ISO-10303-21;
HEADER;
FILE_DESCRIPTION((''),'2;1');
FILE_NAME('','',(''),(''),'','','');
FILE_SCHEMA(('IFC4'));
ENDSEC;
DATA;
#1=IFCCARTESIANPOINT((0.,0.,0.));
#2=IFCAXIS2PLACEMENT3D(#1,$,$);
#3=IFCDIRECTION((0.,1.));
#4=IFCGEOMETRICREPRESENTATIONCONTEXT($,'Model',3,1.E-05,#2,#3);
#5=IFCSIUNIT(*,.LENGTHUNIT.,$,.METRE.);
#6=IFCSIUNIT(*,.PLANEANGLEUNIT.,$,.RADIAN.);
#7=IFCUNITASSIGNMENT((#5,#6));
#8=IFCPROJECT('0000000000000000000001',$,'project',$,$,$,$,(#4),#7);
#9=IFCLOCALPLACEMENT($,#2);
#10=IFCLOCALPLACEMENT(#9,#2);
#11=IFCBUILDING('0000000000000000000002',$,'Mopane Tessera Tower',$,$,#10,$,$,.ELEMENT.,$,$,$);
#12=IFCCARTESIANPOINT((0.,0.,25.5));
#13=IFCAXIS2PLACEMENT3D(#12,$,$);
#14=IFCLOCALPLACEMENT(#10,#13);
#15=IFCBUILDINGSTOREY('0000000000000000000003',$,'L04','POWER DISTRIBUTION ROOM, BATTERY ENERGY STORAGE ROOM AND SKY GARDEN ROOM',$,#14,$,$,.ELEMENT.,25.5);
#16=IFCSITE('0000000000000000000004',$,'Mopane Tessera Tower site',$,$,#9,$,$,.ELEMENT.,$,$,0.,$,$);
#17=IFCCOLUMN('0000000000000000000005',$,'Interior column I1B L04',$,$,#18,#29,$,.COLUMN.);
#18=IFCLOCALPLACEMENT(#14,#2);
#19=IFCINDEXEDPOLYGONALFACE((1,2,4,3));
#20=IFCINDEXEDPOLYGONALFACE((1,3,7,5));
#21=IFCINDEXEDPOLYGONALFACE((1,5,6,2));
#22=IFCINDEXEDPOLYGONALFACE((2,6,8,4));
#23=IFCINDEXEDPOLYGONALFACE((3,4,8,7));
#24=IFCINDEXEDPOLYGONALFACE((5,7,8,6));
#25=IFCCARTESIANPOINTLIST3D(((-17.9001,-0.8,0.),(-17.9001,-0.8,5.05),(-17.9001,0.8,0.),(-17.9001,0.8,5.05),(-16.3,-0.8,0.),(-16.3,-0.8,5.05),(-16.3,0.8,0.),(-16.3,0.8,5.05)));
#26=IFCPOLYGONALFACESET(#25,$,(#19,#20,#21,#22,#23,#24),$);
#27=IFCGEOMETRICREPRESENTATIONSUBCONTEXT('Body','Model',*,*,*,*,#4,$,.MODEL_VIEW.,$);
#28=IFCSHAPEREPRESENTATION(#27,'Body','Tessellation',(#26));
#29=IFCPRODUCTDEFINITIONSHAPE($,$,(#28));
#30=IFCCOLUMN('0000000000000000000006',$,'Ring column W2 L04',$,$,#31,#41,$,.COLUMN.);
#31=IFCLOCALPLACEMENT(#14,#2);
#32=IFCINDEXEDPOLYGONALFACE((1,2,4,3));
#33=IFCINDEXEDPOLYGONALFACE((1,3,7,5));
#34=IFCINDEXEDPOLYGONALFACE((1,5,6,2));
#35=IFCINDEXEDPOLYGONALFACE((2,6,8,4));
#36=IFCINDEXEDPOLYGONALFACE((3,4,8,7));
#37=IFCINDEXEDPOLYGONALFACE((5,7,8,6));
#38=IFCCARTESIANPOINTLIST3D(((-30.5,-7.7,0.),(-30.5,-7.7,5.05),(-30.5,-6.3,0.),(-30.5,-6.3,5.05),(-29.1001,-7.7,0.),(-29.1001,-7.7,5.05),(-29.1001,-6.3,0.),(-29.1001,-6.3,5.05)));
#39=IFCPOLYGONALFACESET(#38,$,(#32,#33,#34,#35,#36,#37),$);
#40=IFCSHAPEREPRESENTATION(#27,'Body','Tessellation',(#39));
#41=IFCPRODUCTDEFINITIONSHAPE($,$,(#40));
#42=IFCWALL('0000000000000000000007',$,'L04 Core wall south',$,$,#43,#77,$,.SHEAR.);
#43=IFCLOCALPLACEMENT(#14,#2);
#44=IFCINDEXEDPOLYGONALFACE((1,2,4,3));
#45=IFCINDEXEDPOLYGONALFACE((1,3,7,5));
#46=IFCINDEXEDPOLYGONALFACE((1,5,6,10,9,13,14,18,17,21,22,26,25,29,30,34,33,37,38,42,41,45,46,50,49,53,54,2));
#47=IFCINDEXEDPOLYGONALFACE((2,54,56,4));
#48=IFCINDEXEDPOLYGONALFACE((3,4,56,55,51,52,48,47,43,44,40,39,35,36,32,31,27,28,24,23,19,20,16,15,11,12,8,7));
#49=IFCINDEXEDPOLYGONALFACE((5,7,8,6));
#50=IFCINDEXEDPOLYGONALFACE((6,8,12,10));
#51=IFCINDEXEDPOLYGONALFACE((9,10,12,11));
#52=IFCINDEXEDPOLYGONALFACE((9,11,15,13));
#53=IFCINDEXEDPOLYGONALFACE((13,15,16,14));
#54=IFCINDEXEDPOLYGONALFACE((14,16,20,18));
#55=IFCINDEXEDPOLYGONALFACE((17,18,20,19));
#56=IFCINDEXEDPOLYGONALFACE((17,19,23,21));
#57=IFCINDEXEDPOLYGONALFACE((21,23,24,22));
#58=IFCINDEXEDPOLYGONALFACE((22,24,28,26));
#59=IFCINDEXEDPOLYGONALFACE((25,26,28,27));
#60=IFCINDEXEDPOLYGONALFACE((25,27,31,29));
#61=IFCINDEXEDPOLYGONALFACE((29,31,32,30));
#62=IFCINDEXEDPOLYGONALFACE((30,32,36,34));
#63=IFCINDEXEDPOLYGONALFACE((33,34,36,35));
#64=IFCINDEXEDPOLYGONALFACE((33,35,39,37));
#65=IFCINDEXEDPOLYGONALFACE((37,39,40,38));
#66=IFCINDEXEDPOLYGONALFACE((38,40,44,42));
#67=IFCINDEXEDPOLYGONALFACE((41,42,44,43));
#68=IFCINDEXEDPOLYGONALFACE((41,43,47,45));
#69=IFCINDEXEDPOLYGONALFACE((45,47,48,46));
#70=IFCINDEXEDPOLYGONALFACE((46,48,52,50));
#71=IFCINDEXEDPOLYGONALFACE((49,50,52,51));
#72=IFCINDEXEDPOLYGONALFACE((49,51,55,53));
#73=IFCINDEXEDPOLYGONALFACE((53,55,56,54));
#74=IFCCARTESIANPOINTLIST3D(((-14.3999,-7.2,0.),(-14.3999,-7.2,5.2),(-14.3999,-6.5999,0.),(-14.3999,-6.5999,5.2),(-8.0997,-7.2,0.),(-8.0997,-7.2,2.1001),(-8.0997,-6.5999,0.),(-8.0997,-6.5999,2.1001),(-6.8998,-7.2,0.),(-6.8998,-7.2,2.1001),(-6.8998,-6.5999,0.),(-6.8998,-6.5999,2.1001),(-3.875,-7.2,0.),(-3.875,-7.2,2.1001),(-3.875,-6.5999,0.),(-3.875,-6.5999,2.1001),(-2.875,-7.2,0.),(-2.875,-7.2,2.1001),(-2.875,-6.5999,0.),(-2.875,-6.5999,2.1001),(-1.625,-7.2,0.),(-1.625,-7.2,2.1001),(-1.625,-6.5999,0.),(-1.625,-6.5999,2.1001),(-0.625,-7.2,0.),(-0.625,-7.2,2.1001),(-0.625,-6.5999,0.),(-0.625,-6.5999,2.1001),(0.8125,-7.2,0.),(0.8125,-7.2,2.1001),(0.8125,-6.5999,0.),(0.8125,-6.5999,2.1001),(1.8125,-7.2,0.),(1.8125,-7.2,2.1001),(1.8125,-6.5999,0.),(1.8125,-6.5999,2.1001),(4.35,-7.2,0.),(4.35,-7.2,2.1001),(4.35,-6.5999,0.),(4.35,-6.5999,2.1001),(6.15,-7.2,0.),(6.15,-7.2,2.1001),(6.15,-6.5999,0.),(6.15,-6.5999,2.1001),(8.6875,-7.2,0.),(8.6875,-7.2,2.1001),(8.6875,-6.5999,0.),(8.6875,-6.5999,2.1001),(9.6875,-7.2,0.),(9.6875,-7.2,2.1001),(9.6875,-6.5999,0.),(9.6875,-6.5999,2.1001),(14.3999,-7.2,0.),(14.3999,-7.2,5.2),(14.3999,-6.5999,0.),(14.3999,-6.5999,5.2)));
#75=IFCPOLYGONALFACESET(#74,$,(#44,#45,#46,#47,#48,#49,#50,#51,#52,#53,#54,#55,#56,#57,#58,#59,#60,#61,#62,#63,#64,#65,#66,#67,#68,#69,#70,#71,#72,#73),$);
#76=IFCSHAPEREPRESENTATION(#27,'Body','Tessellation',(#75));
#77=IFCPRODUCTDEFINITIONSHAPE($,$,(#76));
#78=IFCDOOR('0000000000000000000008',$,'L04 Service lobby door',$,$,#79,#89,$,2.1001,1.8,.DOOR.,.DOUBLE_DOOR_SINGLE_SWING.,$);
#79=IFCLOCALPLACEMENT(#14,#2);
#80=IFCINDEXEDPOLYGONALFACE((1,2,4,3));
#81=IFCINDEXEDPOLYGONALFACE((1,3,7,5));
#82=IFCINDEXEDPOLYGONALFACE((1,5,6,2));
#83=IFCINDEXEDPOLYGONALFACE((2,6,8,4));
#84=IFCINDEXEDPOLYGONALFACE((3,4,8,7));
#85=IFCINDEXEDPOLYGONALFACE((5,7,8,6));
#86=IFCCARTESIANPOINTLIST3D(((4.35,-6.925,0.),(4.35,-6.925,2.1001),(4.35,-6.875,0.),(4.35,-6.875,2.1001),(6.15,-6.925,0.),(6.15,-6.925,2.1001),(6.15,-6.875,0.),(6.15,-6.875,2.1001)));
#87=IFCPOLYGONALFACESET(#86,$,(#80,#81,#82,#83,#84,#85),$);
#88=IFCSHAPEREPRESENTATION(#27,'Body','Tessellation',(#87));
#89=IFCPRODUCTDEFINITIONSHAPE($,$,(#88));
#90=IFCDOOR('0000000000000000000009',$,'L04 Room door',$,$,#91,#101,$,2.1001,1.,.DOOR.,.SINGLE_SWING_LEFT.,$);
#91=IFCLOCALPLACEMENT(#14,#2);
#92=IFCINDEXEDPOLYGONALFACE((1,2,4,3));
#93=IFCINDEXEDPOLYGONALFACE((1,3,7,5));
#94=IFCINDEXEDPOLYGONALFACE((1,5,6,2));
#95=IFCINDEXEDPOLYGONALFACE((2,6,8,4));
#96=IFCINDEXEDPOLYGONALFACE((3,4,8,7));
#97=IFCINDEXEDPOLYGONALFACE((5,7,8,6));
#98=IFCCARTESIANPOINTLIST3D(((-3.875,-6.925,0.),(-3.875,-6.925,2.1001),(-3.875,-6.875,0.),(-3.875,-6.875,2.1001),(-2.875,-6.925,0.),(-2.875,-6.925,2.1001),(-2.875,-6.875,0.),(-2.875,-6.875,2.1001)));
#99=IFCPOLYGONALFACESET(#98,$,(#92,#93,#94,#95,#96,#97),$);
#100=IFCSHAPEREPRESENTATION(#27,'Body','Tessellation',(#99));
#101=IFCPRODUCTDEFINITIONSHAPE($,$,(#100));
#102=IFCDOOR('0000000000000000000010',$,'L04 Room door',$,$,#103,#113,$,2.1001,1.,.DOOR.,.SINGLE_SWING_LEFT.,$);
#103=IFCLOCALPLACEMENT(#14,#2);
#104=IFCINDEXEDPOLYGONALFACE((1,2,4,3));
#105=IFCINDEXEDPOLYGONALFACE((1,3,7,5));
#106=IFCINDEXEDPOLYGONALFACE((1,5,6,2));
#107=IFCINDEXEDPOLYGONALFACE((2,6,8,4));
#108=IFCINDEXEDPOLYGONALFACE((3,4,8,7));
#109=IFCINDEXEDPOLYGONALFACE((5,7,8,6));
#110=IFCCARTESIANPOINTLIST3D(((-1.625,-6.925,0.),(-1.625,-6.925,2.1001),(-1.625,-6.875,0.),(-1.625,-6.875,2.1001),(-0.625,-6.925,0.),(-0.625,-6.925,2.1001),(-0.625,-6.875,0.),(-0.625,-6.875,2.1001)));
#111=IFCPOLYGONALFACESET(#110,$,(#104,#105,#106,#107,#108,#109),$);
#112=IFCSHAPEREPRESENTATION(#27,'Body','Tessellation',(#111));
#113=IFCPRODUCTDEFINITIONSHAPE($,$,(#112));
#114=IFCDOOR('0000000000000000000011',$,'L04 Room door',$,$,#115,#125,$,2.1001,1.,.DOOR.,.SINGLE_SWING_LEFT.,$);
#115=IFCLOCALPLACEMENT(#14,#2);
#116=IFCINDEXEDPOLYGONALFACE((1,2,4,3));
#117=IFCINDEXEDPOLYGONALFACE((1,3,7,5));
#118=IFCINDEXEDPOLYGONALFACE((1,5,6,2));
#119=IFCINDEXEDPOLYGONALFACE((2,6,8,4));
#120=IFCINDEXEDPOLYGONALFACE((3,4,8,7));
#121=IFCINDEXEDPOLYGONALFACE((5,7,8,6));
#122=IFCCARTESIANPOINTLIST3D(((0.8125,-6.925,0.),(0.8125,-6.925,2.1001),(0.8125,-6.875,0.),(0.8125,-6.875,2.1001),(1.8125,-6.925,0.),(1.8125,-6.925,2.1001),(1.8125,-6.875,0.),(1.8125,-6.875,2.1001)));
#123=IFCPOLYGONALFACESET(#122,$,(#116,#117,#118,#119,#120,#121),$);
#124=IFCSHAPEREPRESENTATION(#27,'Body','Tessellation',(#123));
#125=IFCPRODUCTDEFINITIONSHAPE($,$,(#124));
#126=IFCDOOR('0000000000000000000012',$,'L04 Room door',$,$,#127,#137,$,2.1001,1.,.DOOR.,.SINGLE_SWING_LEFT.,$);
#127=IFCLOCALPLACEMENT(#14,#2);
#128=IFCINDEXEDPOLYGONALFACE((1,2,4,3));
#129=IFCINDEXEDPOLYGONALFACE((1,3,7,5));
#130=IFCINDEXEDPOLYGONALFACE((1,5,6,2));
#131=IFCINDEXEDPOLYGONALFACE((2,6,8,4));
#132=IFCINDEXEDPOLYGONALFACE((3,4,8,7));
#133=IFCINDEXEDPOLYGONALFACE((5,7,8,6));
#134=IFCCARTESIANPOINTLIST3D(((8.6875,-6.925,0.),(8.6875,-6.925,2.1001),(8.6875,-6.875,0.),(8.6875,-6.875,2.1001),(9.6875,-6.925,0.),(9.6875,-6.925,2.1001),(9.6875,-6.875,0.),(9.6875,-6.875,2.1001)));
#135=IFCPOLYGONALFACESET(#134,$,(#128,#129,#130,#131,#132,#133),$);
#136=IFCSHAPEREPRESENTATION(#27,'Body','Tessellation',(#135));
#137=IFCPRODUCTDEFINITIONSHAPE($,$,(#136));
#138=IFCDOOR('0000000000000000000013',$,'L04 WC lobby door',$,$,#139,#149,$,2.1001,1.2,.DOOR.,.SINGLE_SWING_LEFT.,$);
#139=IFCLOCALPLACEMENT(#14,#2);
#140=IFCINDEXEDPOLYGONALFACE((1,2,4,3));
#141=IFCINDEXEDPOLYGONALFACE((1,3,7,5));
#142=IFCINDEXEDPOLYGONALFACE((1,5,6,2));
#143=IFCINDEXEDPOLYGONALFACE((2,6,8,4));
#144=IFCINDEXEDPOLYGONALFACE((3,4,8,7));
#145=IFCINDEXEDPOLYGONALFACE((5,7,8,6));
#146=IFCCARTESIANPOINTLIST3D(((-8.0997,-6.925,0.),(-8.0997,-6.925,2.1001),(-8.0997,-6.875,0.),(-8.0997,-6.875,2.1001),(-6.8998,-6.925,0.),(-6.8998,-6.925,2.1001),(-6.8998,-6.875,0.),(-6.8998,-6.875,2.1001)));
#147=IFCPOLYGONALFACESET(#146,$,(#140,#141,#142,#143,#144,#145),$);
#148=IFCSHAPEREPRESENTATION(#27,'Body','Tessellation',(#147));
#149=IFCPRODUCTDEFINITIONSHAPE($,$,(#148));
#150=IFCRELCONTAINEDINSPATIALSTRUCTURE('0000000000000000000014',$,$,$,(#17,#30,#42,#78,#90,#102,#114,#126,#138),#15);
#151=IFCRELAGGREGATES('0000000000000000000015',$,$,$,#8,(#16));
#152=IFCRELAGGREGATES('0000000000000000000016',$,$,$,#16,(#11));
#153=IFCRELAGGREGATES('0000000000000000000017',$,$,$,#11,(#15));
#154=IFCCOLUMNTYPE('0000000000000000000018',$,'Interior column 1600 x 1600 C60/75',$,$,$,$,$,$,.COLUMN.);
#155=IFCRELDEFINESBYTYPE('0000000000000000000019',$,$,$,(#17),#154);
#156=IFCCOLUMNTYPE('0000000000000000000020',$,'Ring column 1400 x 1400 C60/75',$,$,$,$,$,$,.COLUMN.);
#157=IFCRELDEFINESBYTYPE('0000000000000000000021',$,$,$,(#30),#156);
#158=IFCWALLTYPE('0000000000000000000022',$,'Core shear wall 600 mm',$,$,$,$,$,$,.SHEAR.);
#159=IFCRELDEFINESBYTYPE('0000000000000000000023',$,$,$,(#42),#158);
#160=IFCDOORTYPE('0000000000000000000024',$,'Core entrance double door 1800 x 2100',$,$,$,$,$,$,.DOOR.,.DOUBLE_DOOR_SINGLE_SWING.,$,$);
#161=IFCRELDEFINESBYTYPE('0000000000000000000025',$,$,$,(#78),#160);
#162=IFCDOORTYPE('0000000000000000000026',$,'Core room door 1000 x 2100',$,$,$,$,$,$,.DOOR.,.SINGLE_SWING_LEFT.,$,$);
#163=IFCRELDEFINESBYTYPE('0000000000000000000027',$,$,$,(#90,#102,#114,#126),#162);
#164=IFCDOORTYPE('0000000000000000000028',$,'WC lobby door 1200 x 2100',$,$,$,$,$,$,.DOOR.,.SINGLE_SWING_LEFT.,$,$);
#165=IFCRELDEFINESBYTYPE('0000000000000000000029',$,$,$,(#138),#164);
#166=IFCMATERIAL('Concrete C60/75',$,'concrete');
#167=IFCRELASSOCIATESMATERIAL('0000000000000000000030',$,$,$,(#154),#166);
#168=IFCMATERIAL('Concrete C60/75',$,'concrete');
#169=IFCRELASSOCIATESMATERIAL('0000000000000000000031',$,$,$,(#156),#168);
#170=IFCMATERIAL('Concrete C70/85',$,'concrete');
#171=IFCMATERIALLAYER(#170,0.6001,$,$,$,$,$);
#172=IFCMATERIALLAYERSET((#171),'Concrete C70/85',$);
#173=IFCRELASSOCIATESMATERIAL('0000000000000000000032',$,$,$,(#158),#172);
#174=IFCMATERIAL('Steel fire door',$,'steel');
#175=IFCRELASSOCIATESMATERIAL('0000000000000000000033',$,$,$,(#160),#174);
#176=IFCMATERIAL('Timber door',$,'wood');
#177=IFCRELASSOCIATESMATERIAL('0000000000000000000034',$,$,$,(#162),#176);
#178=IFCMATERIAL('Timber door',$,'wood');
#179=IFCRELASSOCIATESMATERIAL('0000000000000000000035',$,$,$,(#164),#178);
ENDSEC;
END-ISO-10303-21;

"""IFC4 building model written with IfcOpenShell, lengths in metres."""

from ifc_helpers import new_model, si_unit, direction, frame, frame_2d, origin, origin_2d, place, context, subcontext, project, spatial, rectangle, extrude, material, layer, layer_set, material_profile, profile_set, type_object, element, fill, save


model = new_model("IFC4")

# Units and contexts
model_context = context("Model", 3, precision=1e-05, world=origin(), true_north=direction((0.0, 1.0)))
body_context = subcontext(model_context, "Body", "Model", "MODEL_VIEW")
ifc_project = project(units=[si_unit("LENGTHUNIT", "METRE"), si_unit("PLANEANGLEUNIT", "RADIAN")], contexts=[model_context])

# Site, building, storey
site_placement = place(None, origin())
site = spatial("IfcSite", under=ifc_project, at=site_placement, Name="Mopane Tessera Tower site", CompositionType="ELEMENT", RefElevation=0.0)
building_placement = place(site_placement, origin())
building = spatial("IfcBuilding", under=site, at=building_placement, Name="Mopane Tessera Tower", CompositionType="ELEMENT")
storey_placement = place(building_placement, frame((0.0, 0.0, 25.5)))
storey = spatial("IfcBuildingStorey", under=building, at=storey_placement, Name="L04", Description="POWER DISTRIBUTION ROOM, BATTERY ENERGY STORAGE ROOM AND SKY GARDEN ROOM", CompositionType="ELEMENT", Elevation=25.5)

# Columns
ifc_material_1 = material(Name="Concrete C60/75", Category="concrete")
ifc_material_profile_1 = material_profile(ifc_material_1, rectangle(XDim=1.6001, YDim=1.6001, at=origin_2d()))
ifc_profile_set_1 = profile_set([ifc_material_profile_1], Name="Concrete C60/75")
column_type_1 = type_object("IfcColumnType", Name="Interior column 1600 x 1600 C60/75", PredefinedType="COLUMN", material=ifc_profile_set_1)
column_1_placement = place(storey_placement, frame((-17.1001, 0.0, 0.0), z_axis=(0.0, 0.0, 1.0), x_axis=(1.0, 0.0, 0.0)))
element("IfcColumn", 1, at=column_1_placement, inside=storey, type_object=column_type_1, Name="Interior column I1B L04", PredefinedType="COLUMN", context=body_context, shape_type="SweptSolid", body=[
    extrude(rectangle(XDim=1.6001, YDim=1.6001, at=origin_2d()), origin(), (0.0, 0.0, 1.0), 5.05),
])
ifc_material_2 = material(Name="Concrete C60/75", Category="concrete")
ifc_material_profile_2 = material_profile(ifc_material_2, rectangle(XDim=1.3999, YDim=1.3999, at=origin_2d()))
ifc_profile_set_2 = profile_set([ifc_material_profile_2], Name="Concrete C60/75")
column_type_2 = type_object("IfcColumnType", Name="Ring column 1400 x 1400 C60/75", PredefinedType="COLUMN", material=ifc_profile_set_2)
column_2_placement = place(storey_placement, frame((-29.8, -7.0, 0.0), z_axis=(0.0, 0.0, 1.0), x_axis=(1.0, 0.0, 0.0)))
element("IfcColumn", 2, at=column_2_placement, inside=storey, type_object=column_type_2, Name="Ring column W2 L04", PredefinedType="COLUMN", context=body_context, shape_type="SweptSolid", body=[
    extrude(rectangle(XDim=1.3999, YDim=1.3999, at=origin_2d()), origin(), (0.0, 0.0, 1.0), 5.05),
])

# Wall, openings, doors
ifc_material_3 = material(Name="Concrete C70/85", Category="concrete")
ifc_layer_1 = layer(ifc_material_3, 0.6001)
ifc_layer_set_1 = layer_set([ifc_layer_1], Name="Concrete C70/85")
wall_type_1 = type_object("IfcWallType", Name="Core shear wall 600 mm", PredefinedType="SHEAR", material=ifc_layer_set_1)
wall_1_placement = place(storey_placement, frame((-14.3999, -6.8999, 0.0), z_axis=(0.0, 0.0, 1.0), x_axis=(1.0, 0.0, 0.0)))
wall_1 = element("IfcWall", 3, at=wall_1_placement, inside=storey, type_object=wall_type_1, Name="L04 Core wall south", PredefinedType="SHEAR", context=body_context, shape_type="SweptSolid", body=[
    extrude(rectangle(XDim=28.7998, YDim=0.6001, at=frame_2d((14.3999, 0.0))), origin(), (0.0, 0.0, 1.0), 5.2),
])
opening_1_placement = place(wall_1_placement, frame((6.3, 0.0, 0.0)))
opening_1 = element("IfcOpeningElement", 4, at=opening_1_placement, cuts=wall_1, PredefinedType="OPENING", context=body_context, shape_type="SweptSolid", body=[
    extrude(rectangle(XDim=1.2, YDim=2.1001, at=frame_2d((0.6001, 1.05))), frame((0.0, 0.312, 0.0), z_axis=(0.0, -1.0, 0.0), x_axis=(1.0, 0.0, 0.0)), (0.0, 0.0, 1.0), 0.624),
])
opening_2_placement = place(wall_1_placement, frame((10.5249, 0.0, 0.0)))
opening_2 = element("IfcOpeningElement", 5, at=opening_2_placement, cuts=wall_1, PredefinedType="OPENING", context=body_context, shape_type="SweptSolid", body=[
    extrude(rectangle(XDim=1.0, YDim=2.1001, at=frame_2d((0.5, 1.05))), frame((0.0, 0.312, 0.0), z_axis=(0.0, -1.0, 0.0), x_axis=(1.0, 0.0, 0.0)), (0.0, 0.0, 1.0), 0.624),
])
opening_3_placement = place(wall_1_placement, frame((12.7749, 0.0, 0.0)))
opening_3 = element("IfcOpeningElement", 6, at=opening_3_placement, cuts=wall_1, PredefinedType="OPENING", context=body_context, shape_type="SweptSolid", body=[
    extrude(rectangle(XDim=1.0, YDim=2.1001, at=frame_2d((0.5, 1.05))), frame((0.0, 0.312, 0.0), z_axis=(0.0, -1.0, 0.0), x_axis=(1.0, 0.0, 0.0)), (0.0, 0.0, 1.0), 0.624),
])
opening_4_placement = place(wall_1_placement, frame((15.2124, 0.0, 0.0)))
opening_4 = element("IfcOpeningElement", 7, at=opening_4_placement, cuts=wall_1, PredefinedType="OPENING", context=body_context, shape_type="SweptSolid", body=[
    extrude(rectangle(XDim=1.0, YDim=2.1001, at=frame_2d((0.5, 1.05))), frame((0.0, 0.312, 0.0), z_axis=(0.0, -1.0, 0.0), x_axis=(1.0, 0.0, 0.0)), (0.0, 0.0, 1.0), 0.624),
])
opening_5_placement = place(wall_1_placement, frame((18.75, 0.0, 0.0)))
opening_5 = element("IfcOpeningElement", 8, at=opening_5_placement, cuts=wall_1, PredefinedType="OPENING", context=body_context, shape_type="SweptSolid", body=[
    extrude(rectangle(XDim=1.8, YDim=2.1001, at=frame_2d((0.8999, 1.05))), frame((0.0, 0.312, 0.0), z_axis=(0.0, -1.0, 0.0), x_axis=(1.0, 0.0, 0.0)), (0.0, 0.0, 1.0), 0.624),
])
opening_6_placement = place(wall_1_placement, frame((23.0874, 0.0, 0.0)))
opening_6 = element("IfcOpeningElement", 9, at=opening_6_placement, cuts=wall_1, PredefinedType="OPENING", context=body_context, shape_type="SweptSolid", body=[
    extrude(rectangle(XDim=1.0, YDim=2.1001, at=frame_2d((0.5, 1.05))), frame((0.0, 0.312, 0.0), z_axis=(0.0, -1.0, 0.0), x_axis=(1.0, 0.0, 0.0)), (0.0, 0.0, 1.0), 0.624),
])
ifc_material_4 = material(Name="Steel fire door", Category="steel")
door_type_1 = type_object("IfcDoorType", Name="Core entrance double door 1800 x 2100", OperationType="DOUBLE_DOOR_SINGLE_SWING", PredefinedType="DOOR", material=ifc_material_4)
door_1_placement = place(opening_5_placement, origin())
door_1 = element("IfcDoor", 10, at=door_1_placement, inside=storey, type_object=door_type_1, Name="L04 Service lobby door", OperationType="DOUBLE_DOOR_SINGLE_SWING", OverallHeight=2.1001, OverallWidth=1.8, PredefinedType="DOOR", context=body_context, shape_type="SweptSolid", body=[
    extrude(rectangle(XDim=1.8, YDim=2.1001, at=frame_2d((0.8999, 1.05))), frame((0.0, 0.0249, 0.0), z_axis=(0.0, -1.0, 0.0), x_axis=(1.0, 0.0, 0.0)), (0.0, 0.0, 1.0), 0.05),
])
fill(opening_5, door_1)
ifc_material_5 = material(Name="Timber door", Category="wood")
door_type_2 = type_object("IfcDoorType", Name="Core room door 1000 x 2100", OperationType="SINGLE_SWING_LEFT", PredefinedType="DOOR", material=ifc_material_5)
door_2_placement = place(opening_2_placement, origin())
door_2 = element("IfcDoor", 11, at=door_2_placement, inside=storey, type_object=door_type_2, Name="L04 Room door", OperationType="SINGLE_SWING_LEFT", OverallHeight=2.1001, OverallWidth=1.0, PredefinedType="DOOR", context=body_context, shape_type="SweptSolid", body=[
    extrude(rectangle(XDim=1.0, YDim=2.1001, at=frame_2d((0.5, 1.05))), frame((0.0, 0.0249, 0.0), z_axis=(0.0, -1.0, 0.0), x_axis=(1.0, 0.0, 0.0)), (0.0, 0.0, 1.0), 0.05),
])
fill(opening_2, door_2)
door_3_placement = place(opening_3_placement, origin())
door_3 = element("IfcDoor", 12, at=door_3_placement, inside=storey, type_object=door_type_2, Name="L04 Room door", OperationType="SINGLE_SWING_LEFT", OverallHeight=2.1001, OverallWidth=1.0, PredefinedType="DOOR", context=body_context, shape_type="SweptSolid", body=[
    extrude(rectangle(XDim=1.0, YDim=2.1001, at=frame_2d((0.5, 1.05))), frame((0.0, 0.0249, 0.0), z_axis=(0.0, -1.0, 0.0), x_axis=(1.0, 0.0, 0.0)), (0.0, 0.0, 1.0), 0.05),
])
fill(opening_3, door_3)
door_4_placement = place(opening_4_placement, origin())
door_4 = element("IfcDoor", 13, at=door_4_placement, inside=storey, type_object=door_type_2, Name="L04 Room door", OperationType="SINGLE_SWING_LEFT", OverallHeight=2.1001, OverallWidth=1.0, PredefinedType="DOOR", context=body_context, shape_type="SweptSolid", body=[
    extrude(rectangle(XDim=1.0, YDim=2.1001, at=frame_2d((0.5, 1.05))), frame((0.0, 0.0249, 0.0), z_axis=(0.0, -1.0, 0.0), x_axis=(1.0, 0.0, 0.0)), (0.0, 0.0, 1.0), 0.05),
])
fill(opening_4, door_4)
door_5_placement = place(opening_6_placement, origin())
door_5 = element("IfcDoor", 14, at=door_5_placement, inside=storey, type_object=door_type_2, Name="L04 Room door", OperationType="SINGLE_SWING_LEFT", OverallHeight=2.1001, OverallWidth=1.0, PredefinedType="DOOR", context=body_context, shape_type="SweptSolid", body=[
    extrude(rectangle(XDim=1.0, YDim=2.1001, at=frame_2d((0.5, 1.05))), frame((0.0, 0.0249, 0.0), z_axis=(0.0, -1.0, 0.0), x_axis=(1.0, 0.0, 0.0)), (0.0, 0.0, 1.0), 0.05),
])
fill(opening_6, door_5)
ifc_material_6 = material(Name="Timber door", Category="wood")
door_type_3 = type_object("IfcDoorType", Name="WC lobby door 1200 x 2100", OperationType="SINGLE_SWING_LEFT", PredefinedType="DOOR", material=ifc_material_6)
door_6_placement = place(opening_1_placement, origin())
door_6 = element("IfcDoor", 15, at=door_6_placement, inside=storey, type_object=door_type_3, Name="L04 WC lobby door", OperationType="SINGLE_SWING_LEFT", OverallHeight=2.1001, OverallWidth=1.2, PredefinedType="DOOR", context=body_context, shape_type="SweptSolid", body=[
    extrude(rectangle(XDim=1.2, YDim=2.1001, at=frame_2d((0.6001, 1.05))), frame((0.0, 0.0249, 0.0), z_axis=(0.0, -1.0, 0.0), x_axis=(1.0, 0.0, 0.0)), (0.0, 0.0, 1.0), 0.05),
])
fill(opening_1, door_6)

save(model, "model.ifc")
